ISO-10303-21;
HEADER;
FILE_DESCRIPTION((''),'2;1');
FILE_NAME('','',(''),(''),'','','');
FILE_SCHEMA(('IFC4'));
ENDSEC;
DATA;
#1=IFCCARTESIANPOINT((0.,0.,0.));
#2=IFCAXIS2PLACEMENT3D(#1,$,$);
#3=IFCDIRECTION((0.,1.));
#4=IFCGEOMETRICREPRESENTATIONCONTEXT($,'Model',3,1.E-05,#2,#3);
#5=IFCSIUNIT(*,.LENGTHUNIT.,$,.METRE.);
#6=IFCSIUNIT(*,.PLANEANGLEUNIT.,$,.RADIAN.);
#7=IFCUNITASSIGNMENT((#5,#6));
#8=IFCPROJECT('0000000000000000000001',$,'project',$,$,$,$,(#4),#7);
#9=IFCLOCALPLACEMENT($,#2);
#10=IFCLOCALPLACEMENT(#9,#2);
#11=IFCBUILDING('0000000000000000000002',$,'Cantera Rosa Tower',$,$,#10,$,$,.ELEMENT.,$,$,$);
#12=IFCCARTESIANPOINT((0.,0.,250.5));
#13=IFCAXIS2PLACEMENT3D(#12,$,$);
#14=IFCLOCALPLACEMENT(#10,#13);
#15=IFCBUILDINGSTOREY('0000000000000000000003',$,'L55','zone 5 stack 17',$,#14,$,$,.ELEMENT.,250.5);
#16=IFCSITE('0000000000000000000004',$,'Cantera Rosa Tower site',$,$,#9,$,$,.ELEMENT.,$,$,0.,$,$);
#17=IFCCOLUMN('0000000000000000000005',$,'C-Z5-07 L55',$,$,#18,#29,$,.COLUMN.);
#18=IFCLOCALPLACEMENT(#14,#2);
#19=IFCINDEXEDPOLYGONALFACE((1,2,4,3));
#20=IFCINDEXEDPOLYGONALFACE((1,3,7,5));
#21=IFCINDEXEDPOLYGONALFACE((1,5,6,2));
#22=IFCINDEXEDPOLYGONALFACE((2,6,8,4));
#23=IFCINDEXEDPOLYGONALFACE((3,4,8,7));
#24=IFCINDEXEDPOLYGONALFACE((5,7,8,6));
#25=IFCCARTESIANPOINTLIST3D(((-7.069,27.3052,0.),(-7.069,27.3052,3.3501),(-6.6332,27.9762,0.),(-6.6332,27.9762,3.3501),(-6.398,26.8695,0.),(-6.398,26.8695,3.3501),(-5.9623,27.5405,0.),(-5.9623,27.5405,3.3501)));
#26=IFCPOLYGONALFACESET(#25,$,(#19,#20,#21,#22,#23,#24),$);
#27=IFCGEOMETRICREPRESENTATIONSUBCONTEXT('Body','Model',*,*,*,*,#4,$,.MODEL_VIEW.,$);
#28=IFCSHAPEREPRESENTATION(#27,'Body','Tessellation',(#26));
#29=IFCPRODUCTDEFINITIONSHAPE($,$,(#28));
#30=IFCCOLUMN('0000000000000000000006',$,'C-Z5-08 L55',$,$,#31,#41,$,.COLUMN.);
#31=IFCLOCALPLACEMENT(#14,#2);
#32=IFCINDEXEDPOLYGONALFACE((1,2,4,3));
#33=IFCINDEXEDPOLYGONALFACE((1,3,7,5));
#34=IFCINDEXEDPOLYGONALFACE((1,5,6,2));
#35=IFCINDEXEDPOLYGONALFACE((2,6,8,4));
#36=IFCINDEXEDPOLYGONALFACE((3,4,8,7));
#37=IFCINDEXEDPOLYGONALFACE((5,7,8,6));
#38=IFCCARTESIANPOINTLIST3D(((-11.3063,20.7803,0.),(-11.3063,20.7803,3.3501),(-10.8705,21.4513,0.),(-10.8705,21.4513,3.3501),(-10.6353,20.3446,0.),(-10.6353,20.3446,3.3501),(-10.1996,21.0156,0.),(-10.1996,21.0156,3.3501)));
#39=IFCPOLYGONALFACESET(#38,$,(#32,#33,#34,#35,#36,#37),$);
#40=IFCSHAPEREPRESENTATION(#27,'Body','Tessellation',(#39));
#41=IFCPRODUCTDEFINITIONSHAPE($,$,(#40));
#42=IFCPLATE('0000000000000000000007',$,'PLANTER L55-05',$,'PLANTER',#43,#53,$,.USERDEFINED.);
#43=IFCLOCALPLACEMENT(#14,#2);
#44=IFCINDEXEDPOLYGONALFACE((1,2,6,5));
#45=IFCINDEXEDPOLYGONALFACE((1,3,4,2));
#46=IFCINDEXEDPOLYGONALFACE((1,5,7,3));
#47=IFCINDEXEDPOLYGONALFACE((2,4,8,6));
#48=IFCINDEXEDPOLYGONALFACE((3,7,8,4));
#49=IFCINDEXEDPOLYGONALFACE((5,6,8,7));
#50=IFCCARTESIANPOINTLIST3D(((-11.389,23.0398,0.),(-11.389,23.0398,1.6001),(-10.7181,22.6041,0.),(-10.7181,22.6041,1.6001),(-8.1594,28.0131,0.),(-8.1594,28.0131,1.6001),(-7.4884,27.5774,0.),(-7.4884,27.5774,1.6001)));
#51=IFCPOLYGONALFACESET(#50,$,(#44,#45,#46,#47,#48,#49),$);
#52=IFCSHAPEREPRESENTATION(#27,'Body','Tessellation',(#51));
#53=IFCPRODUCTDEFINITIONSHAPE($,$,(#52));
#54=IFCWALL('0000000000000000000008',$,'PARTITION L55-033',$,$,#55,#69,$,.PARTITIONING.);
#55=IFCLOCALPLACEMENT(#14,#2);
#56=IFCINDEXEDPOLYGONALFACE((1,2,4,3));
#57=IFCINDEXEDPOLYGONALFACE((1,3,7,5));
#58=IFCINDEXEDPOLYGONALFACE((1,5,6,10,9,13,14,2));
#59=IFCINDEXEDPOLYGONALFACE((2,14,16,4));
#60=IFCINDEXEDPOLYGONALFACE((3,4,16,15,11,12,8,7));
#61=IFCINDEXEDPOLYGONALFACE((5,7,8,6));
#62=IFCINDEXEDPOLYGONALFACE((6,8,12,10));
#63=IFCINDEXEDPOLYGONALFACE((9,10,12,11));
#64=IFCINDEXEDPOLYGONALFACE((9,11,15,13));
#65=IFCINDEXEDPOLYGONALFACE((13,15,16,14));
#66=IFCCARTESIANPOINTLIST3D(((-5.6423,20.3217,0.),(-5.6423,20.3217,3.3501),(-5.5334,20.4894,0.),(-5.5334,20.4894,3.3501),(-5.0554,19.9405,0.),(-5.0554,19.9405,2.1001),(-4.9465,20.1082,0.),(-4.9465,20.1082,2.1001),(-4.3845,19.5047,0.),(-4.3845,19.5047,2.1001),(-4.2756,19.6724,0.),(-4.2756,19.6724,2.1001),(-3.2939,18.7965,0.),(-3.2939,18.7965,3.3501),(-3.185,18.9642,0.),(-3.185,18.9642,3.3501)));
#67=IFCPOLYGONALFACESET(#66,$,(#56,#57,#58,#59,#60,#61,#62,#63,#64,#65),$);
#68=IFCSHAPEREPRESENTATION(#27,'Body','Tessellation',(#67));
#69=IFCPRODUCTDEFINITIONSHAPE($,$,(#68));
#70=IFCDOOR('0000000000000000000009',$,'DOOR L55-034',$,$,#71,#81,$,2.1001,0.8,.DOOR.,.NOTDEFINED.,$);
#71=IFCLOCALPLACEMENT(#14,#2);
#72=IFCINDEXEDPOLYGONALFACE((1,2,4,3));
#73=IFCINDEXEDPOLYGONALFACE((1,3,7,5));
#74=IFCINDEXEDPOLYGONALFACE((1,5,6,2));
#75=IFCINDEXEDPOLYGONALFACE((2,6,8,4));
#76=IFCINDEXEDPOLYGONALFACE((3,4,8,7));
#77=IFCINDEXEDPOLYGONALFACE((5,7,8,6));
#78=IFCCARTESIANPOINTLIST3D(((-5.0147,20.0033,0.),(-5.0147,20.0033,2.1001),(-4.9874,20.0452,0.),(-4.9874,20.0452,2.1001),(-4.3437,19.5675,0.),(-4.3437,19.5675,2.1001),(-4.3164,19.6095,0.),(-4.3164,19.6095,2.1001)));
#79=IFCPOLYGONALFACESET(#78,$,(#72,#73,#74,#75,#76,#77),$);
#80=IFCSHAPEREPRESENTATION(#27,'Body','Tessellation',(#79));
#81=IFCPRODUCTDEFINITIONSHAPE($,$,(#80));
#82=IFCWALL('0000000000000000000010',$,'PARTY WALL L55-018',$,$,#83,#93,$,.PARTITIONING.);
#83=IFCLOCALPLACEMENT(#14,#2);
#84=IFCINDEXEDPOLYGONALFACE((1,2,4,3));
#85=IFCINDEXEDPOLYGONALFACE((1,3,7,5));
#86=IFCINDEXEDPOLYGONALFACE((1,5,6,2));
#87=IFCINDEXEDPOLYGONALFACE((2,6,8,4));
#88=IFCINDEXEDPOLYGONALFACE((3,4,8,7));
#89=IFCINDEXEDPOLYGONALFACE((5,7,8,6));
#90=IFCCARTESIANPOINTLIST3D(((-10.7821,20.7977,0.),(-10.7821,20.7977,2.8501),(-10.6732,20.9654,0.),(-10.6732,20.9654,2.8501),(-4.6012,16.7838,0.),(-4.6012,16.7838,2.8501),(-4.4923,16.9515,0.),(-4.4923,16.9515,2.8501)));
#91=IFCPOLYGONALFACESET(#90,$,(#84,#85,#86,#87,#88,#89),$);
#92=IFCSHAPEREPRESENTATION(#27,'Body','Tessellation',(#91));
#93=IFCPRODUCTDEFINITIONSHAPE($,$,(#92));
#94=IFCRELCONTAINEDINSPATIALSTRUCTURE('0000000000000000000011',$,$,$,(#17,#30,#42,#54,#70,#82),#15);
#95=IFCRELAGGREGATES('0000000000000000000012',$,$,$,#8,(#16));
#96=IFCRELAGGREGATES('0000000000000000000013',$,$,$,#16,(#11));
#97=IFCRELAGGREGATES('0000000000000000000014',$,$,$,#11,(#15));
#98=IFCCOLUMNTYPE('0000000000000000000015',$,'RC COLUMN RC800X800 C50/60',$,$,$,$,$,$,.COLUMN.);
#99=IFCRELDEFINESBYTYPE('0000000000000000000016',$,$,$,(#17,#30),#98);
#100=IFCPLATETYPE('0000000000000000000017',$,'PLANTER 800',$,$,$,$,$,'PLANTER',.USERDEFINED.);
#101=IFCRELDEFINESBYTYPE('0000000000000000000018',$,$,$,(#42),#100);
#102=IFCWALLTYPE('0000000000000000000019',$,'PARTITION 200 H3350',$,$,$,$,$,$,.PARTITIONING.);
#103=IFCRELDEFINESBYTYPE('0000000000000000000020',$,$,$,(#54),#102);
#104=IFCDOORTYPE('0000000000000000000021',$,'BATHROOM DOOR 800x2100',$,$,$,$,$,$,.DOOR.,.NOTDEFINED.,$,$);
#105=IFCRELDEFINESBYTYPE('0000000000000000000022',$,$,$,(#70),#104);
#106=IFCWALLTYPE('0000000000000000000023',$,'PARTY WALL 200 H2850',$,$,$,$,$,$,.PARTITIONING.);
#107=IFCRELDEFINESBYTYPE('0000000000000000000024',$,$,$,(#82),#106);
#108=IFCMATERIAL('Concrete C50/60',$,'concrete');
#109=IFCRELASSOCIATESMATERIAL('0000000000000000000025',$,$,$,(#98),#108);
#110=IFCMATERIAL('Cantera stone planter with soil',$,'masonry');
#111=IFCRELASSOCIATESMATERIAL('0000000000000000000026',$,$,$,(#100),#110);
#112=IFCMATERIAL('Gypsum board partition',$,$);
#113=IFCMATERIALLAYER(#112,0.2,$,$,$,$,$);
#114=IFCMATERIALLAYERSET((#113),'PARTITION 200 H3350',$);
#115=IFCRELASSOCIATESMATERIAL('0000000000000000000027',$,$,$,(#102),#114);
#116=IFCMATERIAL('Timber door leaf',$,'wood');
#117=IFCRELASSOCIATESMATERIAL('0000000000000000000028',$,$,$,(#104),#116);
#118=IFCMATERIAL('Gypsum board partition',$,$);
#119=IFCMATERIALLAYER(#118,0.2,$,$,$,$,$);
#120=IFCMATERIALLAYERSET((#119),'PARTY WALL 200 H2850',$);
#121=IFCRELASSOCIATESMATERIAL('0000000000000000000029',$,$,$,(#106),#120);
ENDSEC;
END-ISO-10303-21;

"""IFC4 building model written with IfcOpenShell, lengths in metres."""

from ifc_helpers import new_model, si_unit, direction, frame, frame_2d, origin, origin_2d, place, context, subcontext, project, spatial, rectangle, extrude, material, layer, layer_set, material_profile, profile_set, type_object, element, fill, save


model = new_model("IFC4")

# Units and contexts
model_context = context("Model", 3, precision=1e-05, world=origin(), true_north=direction((0.0, 1.0)))
body_context = subcontext(model_context, "Body", "Model", "MODEL_VIEW")
ifc_project = project(units=[si_unit("LENGTHUNIT", "METRE"), si_unit("PLANEANGLEUNIT", "RADIAN")], contexts=[model_context])

# Site, building, storey
site_placement = place(None, origin())
site = spatial("IfcSite", under=ifc_project, at=site_placement, Name="Cantera Rosa Tower site", CompositionType="ELEMENT", RefElevation=0.0)
building_placement = place(site_placement, origin())
building = spatial("IfcBuilding", under=site, at=building_placement, Name="Cantera Rosa Tower", CompositionType="ELEMENT")
storey_placement = place(building_placement, frame((0.0, 0.0, 250.5)))
storey = spatial("IfcBuildingStorey", under=building, at=storey_placement, Name="L55", Description="zone 5 stack 17", CompositionType="ELEMENT", Elevation=250.5)

# Columns
ifc_material_1 = material(Name="Concrete C50/60", Category="concrete")
ifc_material_profile = material_profile(ifc_material_1, rectangle(XDim=0.8, YDim=0.8, at=origin_2d()), Name="RC COLUMN RC800X800 C50/60")
ifc_profile_set = profile_set([ifc_material_profile], Name="Concrete C50/60")
column_type = type_object("IfcColumnType", Name="RC COLUMN RC800X800 C50/60", PredefinedType="COLUMN", material=ifc_profile_set)
for number, where, z_axis, x_axis, name in (
    (1, (-6.5156, 27.4229, 0.0), (0.0, 0.0, 1.0), (0.544639, 0.838671, 0.0), "C-Z5-07 L55"),
    (2, (-10.7529, 20.8979, 0.0), (0.0, 0.0, 1.0), (0.544639, 0.838671, 0.0), "C-Z5-08 L55"),
):
    element("IfcColumn", number, at=place(storey_placement, frame(where, z_axis=z_axis, x_axis=x_axis)), inside=storey, type_object=column_type, Name=name, PredefinedType="COLUMN", context=body_context, shape_type="SweptSolid", body=[
        extrude(rectangle(XDim=0.8, YDim=0.8, at=origin_2d()), origin(), (0.0, 0.0, 1.0), 3.3501),
    ])

# Plate
ifc_material_2 = material(Name="Cantera stone planter with soil", Category="masonry")
plate_type = type_object("IfcPlateType", Name="PLANTER 800", ElementType="PLANTER", PredefinedType="USERDEFINED", material=ifc_material_2)
plate_placement = place(storey_placement, frame((-9.4387, 25.3086, 0.0), z_axis=(0.0, 0.0, 1.0), x_axis=(-0.544639, -0.838671, 0.0)))
element("IfcPlate", 3, at=plate_placement, inside=storey, type_object=plate_type, Name="PLANTER L55-05", ObjectType="PLANTER", PredefinedType="USERDEFINED", context=body_context, shape_type="SweptSolid", body=[
    extrude(rectangle(XDim=5.9299, YDim=0.8, at=origin_2d()), origin(), (0.0, 0.0, 1.0), 1.6001),
])

# Wall, opening, door
ifc_material_3 = material(Name="Gypsum board partition")
ifc_layer_1 = layer(ifc_material_3, 0.2)
ifc_layer_set_1 = layer_set([ifc_layer_1], Name="PARTITION 200 H3350")
wall_type_1 = type_object("IfcWallType", Name="PARTITION 200 H3350", PredefinedType="PARTITIONING", material=ifc_layer_set_1)
wall_1_placement = place(storey_placement, frame((-5.5879, 20.4055, 0.0), z_axis=(0.0, 0.0, 1.0), x_axis=(0.838657, -0.54466, 0.0)))
wall_1 = element("IfcWall", 4, at=wall_1_placement, inside=storey, type_object=wall_type_1, Name="PARTITION L55-033", PredefinedType="PARTITIONING", context=body_context, shape_type="SweptSolid", body=[
    extrude(rectangle(XDim=2.8003, YDim=0.2, at=frame_2d((1.4001, 0.0))), origin(), (0.0, 0.0, 1.0), 3.3501),
])
opening_1_placement = place(wall_1_placement, frame((0.7, 0.0, 0.0)))
opening_1 = element("IfcOpeningElement", 5, at=opening_1_placement, cuts=wall_1, PredefinedType="OPENING", context=body_context, shape_type="SweptSolid", body=[
    extrude(rectangle(XDim=0.8, YDim=2.1001, at=frame_2d((0.3999, 1.05))), frame((0.0, 0.1099, 0.0), z_axis=(0.0, -1.0, 0.0), x_axis=(1.0, 0.0, 0.0)), (0.0, 0.0, 1.0), 0.22),
])
ifc_material_4 = material(Name="Timber door leaf", Category="wood")
door_type_1 = type_object("IfcDoorType", Name="BATHROOM DOOR 800x2100", OperationType="NOTDEFINED", PredefinedType="DOOR", material=ifc_material_4)
door_1_placement = place(opening_1_placement, origin())
door_1 = element("IfcDoor", 6, at=door_1_placement, inside=storey, type_object=door_type_1, Name="DOOR L55-034", OperationType="NOTDEFINED", OverallHeight=2.1001, OverallWidth=0.8, PredefinedType="DOOR", context=body_context, shape_type="SweptSolid", body=[
    extrude(rectangle(XDim=0.8, YDim=2.1001, at=frame_2d((0.3999, 1.05))), frame((0.0, 0.0249, 0.0), z_axis=(0.0, -1.0, 0.0), x_axis=(1.0, 0.0, 0.0)), (0.0, 0.0, 1.0), 0.05),
])
fill(opening_1, door_1)

# Wall
ifc_material_5 = material(Name="Gypsum board partition")
ifc_layer_2 = layer(ifc_material_5, 0.2)
ifc_layer_set_2 = layer_set([ifc_layer_2], Name="PARTY WALL 200 H2850")
wall_type_2 = type_object("IfcWallType", Name="PARTY WALL 200 H2850", PredefinedType="PARTITIONING", material=ifc_layer_set_2)
wall_2_placement = place(storey_placement, frame((-10.7278, 20.8816, 0.0), z_axis=(0.0, 0.0, 1.0), x_axis=(0.838671, -0.544638, 0.0)))
element("IfcWall", 7, at=wall_2_placement, inside=storey, type_object=wall_type_2, Name="PARTY WALL L55-018", PredefinedType="PARTITIONING", context=body_context, shape_type="SweptSolid", body=[
    extrude(rectangle(XDim=7.3699, YDim=0.2, at=frame_2d((3.6851, 0.0))), origin(), (0.0, 0.0, 1.0), 2.8501),
])

save(model, "model.ifc")
